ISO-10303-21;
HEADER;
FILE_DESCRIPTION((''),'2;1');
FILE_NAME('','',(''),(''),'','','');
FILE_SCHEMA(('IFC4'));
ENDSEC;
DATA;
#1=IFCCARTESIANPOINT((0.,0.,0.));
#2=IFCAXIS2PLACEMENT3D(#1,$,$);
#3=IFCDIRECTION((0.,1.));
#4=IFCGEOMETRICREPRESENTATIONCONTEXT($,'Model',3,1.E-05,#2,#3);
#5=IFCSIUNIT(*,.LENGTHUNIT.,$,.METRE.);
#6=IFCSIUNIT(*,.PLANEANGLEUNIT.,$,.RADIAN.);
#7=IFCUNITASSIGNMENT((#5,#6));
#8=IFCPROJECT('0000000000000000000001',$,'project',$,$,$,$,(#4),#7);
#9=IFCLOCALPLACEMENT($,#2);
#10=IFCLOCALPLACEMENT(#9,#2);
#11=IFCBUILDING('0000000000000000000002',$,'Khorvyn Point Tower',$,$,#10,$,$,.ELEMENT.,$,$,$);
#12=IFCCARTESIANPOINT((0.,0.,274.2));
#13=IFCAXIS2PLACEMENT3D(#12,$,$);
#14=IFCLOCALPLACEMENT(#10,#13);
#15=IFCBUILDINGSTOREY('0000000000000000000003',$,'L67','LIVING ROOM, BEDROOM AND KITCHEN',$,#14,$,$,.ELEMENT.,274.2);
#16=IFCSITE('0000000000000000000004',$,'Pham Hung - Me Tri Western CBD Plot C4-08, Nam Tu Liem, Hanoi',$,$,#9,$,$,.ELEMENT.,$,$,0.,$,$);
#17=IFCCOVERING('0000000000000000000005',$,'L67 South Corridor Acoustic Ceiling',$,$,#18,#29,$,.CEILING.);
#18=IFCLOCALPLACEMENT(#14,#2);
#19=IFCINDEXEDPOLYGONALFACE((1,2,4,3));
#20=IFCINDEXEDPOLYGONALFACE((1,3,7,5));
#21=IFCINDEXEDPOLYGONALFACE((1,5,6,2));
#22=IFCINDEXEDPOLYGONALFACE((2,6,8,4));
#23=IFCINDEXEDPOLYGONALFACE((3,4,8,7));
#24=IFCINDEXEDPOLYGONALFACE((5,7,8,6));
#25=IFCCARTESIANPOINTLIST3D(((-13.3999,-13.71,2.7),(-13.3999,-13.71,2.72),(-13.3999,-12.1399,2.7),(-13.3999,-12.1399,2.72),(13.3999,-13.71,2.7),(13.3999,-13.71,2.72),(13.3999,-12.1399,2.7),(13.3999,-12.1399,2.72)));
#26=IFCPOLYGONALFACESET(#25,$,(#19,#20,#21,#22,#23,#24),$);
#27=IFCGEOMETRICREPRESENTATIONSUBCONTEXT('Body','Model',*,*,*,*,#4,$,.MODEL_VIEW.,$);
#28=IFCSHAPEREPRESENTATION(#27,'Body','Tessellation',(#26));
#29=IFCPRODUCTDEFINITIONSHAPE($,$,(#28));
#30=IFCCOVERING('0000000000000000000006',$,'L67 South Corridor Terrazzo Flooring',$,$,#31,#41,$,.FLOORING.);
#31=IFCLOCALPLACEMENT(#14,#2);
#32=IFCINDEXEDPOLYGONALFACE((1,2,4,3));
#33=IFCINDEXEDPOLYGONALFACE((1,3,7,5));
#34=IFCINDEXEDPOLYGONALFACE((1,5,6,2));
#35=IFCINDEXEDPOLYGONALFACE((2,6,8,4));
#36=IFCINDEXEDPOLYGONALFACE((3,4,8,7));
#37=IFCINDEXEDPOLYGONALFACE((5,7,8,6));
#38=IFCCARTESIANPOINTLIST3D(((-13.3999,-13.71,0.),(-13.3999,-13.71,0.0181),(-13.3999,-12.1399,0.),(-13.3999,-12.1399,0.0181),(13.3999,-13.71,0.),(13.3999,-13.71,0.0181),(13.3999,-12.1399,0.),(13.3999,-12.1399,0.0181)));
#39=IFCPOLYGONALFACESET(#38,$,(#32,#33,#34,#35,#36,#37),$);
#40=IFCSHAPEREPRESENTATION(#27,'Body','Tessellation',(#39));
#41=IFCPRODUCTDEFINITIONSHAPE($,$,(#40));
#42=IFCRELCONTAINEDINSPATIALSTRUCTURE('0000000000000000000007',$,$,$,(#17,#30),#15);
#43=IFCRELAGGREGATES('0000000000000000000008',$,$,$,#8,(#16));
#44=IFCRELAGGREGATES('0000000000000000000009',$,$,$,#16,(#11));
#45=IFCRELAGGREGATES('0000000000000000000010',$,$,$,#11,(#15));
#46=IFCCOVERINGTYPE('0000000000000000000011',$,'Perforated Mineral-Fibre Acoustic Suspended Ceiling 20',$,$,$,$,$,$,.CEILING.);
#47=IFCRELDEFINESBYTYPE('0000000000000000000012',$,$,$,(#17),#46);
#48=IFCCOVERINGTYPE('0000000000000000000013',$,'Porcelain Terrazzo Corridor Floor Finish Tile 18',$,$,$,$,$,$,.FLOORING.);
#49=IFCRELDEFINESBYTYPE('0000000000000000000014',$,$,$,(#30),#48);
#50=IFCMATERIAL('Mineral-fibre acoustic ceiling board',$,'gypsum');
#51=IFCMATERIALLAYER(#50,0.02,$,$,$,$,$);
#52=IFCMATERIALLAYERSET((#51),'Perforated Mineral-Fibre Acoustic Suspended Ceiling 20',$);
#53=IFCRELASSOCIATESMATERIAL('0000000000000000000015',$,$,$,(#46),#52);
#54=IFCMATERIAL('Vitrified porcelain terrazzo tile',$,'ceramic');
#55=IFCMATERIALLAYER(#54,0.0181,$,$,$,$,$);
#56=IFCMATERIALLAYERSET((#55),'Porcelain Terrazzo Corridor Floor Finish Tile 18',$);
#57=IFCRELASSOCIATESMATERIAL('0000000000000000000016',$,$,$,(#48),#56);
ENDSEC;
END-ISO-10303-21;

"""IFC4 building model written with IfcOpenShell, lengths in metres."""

from ifc_helpers import new_model, si_unit, direction, frame, origin, place, context, subcontext, project, spatial, polyline, outline, extrude, material, layer, layer_set, type_object, element, save


model = new_model("IFC4")

# Units and contexts
model_context = context("Model", 3, precision=1e-05, world=origin(), true_north=direction((0.0, 1.0)))
body_context = subcontext(model_context, "Body", "Model", "MODEL_VIEW")
ifc_project = project(units=[si_unit("LENGTHUNIT", "METRE"), si_unit("PLANEANGLEUNIT", "RADIAN")], contexts=[model_context])

# Site, building, storey
site_placement = place(None, origin())
site = spatial("IfcSite", under=ifc_project, at=site_placement, Name="Pham Hung - Me Tri Western CBD Plot C4-08, Nam Tu Liem, Hanoi", CompositionType="ELEMENT", RefElevation=0.0)
building_placement = place(site_placement, origin())
building = spatial("IfcBuilding", under=site, at=building_placement, Name="Khorvyn Point Tower", CompositionType="ELEMENT")
storey_placement = place(building_placement, frame((0.0, 0.0, 274.2)))
storey = spatial("IfcBuildingStorey", under=building, at=storey_placement, Name="L67", Description="LIVING ROOM, BEDROOM AND KITCHEN", CompositionType="ELEMENT", Elevation=274.2)

# Coverings
ifc_material_1 = material(Name="Mineral-fibre acoustic ceiling board", Category="gypsum")
ifc_layer_1 = layer(ifc_material_1, 0.02)
ifc_layer_set_1 = layer_set([ifc_layer_1], Name="Perforated Mineral-Fibre Acoustic Suspended Ceiling 20")
covering_type_1 = type_object("IfcCoveringType", Name="Perforated Mineral-Fibre Acoustic Suspended Ceiling 20", PredefinedType="CEILING", material=ifc_layer_set_1)
covering_1_placement = place(storey_placement, frame((0.0, 0.0, 2.7)))
element("IfcCovering", 1, at=covering_1_placement, inside=storey, type_object=covering_type_1, Name="L67 South Corridor Acoustic Ceiling", PredefinedType="CEILING", context=body_context, shape_type="SweptSolid", body=[
    extrude(outline(polyline([(-13.3999, -13.71), (13.3999, -13.71), (13.3999, -12.1399), (-13.3999, -12.1399), (-13.3999, -13.71)])), origin(), (0.0, 0.0, 1.0), 0.02),
])
ifc_material_2 = material(Name="Vitrified porcelain terrazzo tile", Category="ceramic")
ifc_layer_2 = layer(ifc_material_2, 0.0181)
ifc_layer_set_2 = layer_set([ifc_layer_2], Name="Porcelain Terrazzo Corridor Floor Finish Tile 18")
covering_type_2 = type_object("IfcCoveringType", Name="Porcelain Terrazzo Corridor Floor Finish Tile 18", PredefinedType="FLOORING", material=ifc_layer_set_2)
covering_2_placement = place(storey_placement, origin())
element("IfcCovering", 2, at=covering_2_placement, inside=storey, type_object=covering_type_2, Name="L67 South Corridor Terrazzo Flooring", PredefinedType="FLOORING", context=body_context, shape_type="SweptSolid", body=[
    extrude(outline(polyline([(-13.3999, -13.71), (13.3999, -13.71), (13.3999, -12.1399), (-13.3999, -12.1399), (-13.3999, -13.71)])), origin(), (0.0, 0.0, 1.0), 0.0181),
])

save(model, "model.ifc")
